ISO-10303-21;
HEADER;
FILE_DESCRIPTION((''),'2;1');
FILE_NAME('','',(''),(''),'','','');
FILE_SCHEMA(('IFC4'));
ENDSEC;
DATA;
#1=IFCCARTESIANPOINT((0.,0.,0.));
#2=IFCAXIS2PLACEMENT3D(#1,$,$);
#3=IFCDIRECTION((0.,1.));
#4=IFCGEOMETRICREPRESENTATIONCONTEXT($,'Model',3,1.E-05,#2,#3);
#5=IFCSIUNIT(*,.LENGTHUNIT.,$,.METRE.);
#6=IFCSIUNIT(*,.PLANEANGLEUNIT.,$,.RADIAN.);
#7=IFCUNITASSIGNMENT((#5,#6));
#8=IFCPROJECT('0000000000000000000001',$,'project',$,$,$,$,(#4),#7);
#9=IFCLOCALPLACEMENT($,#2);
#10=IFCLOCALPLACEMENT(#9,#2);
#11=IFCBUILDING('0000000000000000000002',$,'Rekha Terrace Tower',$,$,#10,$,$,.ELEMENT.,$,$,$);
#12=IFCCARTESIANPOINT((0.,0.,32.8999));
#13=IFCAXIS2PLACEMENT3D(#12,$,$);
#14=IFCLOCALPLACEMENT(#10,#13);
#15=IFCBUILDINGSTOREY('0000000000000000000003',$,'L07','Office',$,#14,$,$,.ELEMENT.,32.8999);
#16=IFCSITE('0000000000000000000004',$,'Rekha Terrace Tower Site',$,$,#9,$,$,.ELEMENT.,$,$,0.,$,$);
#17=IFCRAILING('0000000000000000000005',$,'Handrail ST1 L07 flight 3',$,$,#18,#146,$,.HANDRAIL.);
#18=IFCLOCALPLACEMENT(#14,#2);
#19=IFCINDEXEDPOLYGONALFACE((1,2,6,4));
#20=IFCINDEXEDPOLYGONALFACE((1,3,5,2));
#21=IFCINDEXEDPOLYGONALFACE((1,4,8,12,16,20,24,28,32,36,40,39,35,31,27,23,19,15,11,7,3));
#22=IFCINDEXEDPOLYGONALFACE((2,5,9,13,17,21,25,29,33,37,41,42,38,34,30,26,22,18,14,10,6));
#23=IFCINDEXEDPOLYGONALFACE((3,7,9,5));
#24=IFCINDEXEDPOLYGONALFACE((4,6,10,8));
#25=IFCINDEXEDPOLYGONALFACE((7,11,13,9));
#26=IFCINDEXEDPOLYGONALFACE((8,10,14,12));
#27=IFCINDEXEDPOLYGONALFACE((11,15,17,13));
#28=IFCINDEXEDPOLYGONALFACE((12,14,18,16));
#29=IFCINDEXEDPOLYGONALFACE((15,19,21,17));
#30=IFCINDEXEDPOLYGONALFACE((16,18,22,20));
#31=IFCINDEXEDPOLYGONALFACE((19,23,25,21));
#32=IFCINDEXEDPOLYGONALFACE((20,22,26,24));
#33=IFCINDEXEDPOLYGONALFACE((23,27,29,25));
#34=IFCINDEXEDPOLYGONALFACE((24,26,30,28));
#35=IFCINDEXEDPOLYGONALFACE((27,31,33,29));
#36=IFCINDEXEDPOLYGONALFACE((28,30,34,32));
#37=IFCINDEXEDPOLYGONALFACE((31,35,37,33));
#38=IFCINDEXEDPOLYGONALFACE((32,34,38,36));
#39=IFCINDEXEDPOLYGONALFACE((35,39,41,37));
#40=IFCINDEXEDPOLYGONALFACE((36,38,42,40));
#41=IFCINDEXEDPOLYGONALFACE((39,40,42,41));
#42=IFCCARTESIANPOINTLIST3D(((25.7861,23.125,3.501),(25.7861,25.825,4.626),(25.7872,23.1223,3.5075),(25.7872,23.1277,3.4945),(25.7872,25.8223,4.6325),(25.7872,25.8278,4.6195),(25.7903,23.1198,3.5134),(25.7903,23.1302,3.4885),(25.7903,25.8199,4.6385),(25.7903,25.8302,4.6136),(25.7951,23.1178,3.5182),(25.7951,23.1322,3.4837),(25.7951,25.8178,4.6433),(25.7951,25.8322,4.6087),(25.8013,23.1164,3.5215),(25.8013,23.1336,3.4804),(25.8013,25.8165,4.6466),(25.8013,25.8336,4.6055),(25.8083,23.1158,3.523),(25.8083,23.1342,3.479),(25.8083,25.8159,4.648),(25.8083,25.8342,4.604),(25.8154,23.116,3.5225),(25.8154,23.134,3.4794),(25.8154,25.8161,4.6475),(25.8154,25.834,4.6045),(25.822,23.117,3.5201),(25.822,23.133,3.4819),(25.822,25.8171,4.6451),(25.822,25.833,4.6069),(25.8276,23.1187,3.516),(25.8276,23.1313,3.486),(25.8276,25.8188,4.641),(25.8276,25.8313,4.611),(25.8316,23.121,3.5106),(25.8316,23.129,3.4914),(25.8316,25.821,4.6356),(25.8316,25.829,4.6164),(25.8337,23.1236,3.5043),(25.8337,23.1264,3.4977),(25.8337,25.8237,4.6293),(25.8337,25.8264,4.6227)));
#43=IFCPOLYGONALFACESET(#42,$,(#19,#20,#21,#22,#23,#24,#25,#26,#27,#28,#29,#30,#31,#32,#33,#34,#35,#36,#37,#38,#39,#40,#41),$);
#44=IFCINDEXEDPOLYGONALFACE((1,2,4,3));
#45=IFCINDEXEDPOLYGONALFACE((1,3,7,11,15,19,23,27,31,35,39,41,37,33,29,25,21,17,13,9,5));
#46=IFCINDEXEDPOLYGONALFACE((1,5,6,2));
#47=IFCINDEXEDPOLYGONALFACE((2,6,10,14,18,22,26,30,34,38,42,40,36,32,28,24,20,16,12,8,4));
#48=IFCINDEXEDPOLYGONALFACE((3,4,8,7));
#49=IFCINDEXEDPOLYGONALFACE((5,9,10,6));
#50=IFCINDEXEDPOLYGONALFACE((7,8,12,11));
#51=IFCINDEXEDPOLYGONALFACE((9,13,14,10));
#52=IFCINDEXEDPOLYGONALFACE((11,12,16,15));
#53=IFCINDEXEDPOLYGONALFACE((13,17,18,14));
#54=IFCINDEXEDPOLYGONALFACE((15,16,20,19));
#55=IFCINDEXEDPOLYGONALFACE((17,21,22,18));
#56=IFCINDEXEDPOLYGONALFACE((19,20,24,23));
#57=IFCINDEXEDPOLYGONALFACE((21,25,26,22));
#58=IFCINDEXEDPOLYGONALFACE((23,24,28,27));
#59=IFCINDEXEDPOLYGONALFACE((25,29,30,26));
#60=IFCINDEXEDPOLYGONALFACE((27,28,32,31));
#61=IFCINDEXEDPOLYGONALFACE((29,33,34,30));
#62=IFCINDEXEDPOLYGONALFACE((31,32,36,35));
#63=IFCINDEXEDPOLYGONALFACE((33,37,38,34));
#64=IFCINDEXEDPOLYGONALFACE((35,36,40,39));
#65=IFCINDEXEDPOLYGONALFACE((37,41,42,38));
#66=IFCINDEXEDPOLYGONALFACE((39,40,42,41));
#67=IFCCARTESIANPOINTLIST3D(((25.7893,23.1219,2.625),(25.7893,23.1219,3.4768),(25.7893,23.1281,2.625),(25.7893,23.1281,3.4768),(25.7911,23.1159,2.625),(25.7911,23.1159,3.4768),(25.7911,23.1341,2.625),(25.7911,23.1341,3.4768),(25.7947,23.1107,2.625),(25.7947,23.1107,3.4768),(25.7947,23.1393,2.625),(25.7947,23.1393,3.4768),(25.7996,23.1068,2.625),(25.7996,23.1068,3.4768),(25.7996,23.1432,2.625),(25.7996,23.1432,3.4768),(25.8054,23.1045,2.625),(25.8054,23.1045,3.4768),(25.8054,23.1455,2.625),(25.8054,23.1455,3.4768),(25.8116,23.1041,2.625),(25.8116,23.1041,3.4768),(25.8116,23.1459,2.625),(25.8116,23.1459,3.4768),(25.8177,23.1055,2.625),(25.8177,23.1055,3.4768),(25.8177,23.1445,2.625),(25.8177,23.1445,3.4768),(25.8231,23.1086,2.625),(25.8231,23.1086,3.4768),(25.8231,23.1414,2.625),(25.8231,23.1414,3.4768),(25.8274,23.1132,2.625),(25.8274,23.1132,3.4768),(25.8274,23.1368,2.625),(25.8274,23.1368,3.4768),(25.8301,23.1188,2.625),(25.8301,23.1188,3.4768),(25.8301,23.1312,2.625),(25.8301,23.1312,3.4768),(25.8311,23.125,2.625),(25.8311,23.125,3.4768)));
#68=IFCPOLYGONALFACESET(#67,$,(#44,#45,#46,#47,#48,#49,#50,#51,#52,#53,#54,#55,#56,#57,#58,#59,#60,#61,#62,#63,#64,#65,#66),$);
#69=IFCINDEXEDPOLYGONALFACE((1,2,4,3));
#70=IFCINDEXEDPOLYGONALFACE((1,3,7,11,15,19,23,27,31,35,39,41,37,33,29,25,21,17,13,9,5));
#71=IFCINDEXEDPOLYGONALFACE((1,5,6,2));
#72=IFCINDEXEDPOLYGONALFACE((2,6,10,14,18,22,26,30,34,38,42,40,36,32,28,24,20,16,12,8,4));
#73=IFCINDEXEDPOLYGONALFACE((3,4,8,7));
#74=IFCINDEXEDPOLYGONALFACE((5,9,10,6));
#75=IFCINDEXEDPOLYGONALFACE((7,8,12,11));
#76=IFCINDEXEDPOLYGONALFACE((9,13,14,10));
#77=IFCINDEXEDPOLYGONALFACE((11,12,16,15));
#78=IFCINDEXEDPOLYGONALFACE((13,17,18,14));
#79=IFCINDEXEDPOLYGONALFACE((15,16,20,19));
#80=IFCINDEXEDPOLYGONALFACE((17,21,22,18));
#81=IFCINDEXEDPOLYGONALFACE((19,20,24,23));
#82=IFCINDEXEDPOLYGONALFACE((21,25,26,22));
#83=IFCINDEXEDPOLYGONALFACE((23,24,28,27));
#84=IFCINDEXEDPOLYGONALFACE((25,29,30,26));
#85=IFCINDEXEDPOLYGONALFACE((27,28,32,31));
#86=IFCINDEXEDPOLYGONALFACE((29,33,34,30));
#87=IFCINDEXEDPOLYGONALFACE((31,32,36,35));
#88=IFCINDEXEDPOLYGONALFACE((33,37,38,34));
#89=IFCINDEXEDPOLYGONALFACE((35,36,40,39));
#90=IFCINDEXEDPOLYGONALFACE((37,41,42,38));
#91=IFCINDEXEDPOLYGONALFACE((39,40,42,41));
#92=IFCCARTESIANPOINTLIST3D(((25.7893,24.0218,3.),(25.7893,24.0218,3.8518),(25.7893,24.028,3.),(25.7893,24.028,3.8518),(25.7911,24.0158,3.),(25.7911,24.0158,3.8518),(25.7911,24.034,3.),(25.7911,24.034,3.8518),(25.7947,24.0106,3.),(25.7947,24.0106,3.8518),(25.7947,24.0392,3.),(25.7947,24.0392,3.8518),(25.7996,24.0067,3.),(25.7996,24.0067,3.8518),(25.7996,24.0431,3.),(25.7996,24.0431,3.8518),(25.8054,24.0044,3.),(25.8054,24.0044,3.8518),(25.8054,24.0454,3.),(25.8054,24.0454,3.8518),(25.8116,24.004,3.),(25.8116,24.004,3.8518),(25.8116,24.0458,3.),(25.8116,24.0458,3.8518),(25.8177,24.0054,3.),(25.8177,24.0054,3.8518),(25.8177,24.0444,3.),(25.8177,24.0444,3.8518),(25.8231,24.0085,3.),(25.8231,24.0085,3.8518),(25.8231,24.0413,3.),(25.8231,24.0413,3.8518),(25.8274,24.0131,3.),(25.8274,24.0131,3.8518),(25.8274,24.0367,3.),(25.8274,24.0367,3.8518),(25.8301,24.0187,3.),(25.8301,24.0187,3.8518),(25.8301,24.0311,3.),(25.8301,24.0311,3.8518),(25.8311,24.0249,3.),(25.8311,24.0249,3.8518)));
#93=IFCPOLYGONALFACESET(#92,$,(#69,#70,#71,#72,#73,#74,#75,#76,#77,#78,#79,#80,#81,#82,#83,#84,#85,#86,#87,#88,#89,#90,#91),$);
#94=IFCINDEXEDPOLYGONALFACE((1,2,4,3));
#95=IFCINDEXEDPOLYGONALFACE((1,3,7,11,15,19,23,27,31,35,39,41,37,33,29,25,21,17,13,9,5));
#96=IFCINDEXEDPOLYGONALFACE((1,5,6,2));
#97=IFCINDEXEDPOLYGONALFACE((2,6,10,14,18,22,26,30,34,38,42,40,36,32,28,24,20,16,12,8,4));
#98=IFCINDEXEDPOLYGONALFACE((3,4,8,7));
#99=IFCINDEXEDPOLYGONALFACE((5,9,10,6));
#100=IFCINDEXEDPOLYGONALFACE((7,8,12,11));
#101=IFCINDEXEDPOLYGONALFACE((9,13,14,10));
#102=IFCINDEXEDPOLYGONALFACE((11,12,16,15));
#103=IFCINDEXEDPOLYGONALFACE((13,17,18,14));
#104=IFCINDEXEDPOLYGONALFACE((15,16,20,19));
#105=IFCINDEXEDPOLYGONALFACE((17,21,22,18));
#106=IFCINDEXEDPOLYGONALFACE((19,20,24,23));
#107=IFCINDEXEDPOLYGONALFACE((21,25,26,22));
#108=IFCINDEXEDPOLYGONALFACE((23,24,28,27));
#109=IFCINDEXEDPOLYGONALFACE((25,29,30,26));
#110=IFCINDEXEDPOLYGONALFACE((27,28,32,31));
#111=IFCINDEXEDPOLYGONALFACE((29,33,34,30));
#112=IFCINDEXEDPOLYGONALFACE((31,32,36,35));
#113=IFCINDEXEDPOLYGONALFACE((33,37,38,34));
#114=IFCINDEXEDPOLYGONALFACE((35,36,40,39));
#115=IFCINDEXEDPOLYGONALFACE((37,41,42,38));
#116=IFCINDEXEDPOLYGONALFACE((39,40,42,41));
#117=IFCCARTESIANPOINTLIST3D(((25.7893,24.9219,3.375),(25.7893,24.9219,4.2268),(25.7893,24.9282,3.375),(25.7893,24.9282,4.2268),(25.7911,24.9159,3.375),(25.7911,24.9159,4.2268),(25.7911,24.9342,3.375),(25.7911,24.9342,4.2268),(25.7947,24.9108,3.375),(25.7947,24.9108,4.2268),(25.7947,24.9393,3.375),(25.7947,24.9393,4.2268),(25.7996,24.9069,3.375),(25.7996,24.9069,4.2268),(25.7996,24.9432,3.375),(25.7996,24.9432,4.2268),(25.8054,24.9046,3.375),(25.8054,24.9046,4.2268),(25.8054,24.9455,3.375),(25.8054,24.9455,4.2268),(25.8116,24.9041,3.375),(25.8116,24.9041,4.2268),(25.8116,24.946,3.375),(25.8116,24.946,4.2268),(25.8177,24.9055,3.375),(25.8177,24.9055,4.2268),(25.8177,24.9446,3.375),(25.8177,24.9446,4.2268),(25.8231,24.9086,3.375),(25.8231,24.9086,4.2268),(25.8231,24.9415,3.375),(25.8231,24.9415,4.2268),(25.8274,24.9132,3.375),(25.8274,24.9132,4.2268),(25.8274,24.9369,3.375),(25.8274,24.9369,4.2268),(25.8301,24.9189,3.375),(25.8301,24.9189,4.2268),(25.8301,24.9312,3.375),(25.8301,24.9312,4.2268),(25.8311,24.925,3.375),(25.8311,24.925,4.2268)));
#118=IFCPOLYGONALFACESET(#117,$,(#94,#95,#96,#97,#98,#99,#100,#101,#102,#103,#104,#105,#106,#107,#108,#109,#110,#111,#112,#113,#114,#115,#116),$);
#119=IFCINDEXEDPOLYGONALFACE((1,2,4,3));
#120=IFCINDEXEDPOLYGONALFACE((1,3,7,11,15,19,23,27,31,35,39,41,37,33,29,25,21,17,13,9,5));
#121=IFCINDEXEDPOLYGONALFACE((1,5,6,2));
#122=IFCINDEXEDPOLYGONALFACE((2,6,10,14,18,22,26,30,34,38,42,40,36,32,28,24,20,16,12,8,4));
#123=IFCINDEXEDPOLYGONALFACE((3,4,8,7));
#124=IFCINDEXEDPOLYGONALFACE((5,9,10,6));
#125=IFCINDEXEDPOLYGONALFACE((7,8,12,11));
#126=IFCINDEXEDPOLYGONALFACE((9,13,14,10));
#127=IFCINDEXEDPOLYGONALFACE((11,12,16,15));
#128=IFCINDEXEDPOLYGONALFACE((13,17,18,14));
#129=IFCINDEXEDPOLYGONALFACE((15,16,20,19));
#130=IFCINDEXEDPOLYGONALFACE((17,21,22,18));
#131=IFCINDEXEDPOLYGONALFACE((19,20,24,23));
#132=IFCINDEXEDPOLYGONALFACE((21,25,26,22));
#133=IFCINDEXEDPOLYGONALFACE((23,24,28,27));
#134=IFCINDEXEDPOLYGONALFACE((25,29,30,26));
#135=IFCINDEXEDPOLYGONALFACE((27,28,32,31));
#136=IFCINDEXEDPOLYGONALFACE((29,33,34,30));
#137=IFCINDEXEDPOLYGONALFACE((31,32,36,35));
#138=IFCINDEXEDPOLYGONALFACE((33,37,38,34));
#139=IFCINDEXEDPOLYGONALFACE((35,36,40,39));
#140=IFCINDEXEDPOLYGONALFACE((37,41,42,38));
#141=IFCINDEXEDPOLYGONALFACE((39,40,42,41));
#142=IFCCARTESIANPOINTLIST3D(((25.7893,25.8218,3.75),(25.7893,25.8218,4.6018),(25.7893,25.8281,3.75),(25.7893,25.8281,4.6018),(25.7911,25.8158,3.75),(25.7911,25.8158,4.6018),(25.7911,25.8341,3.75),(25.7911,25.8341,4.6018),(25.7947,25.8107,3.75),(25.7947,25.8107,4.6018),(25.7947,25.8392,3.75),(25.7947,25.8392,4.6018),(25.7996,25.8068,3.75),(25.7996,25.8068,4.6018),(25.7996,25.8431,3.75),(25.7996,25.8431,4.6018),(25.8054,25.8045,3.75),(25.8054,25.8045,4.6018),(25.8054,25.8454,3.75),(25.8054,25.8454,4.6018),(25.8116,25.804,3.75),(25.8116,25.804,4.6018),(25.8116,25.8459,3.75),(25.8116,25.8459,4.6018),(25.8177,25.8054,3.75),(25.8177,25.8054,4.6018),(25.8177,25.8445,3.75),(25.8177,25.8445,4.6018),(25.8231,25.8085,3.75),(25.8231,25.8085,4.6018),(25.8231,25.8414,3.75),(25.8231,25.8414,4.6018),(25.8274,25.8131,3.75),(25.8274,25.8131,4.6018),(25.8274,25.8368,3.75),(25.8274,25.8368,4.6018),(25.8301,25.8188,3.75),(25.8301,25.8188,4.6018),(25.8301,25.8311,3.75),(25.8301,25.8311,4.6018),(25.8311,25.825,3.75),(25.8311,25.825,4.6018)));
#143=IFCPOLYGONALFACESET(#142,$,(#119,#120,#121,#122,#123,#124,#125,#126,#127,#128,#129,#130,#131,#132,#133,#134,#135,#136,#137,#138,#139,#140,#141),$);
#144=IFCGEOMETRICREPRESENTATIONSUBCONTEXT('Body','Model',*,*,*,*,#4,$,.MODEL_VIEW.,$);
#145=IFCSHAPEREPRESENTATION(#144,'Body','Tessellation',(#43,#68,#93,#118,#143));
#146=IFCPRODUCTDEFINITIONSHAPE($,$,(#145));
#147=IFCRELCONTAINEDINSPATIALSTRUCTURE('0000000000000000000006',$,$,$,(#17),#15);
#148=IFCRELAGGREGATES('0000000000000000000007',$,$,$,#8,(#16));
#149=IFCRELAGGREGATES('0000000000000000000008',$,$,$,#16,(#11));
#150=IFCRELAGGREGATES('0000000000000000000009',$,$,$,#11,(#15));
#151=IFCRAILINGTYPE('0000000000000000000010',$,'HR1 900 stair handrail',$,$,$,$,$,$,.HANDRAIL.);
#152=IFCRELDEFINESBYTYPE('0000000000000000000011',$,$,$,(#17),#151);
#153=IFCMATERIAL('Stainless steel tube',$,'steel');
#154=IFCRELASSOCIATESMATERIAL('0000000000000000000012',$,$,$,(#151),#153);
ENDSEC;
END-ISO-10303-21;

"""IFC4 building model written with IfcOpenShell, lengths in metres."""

from ifc_helpers import new_model, si_unit, direction, frame, origin, origin_2d, place, context, subcontext, project, spatial, circle, extrude, material, type_object, element, save


model = new_model("IFC4")

# Units and contexts
model_context = context("Model", 3, precision=1e-05, world=origin(), true_north=direction((0.0, 1.0)))
body_context = subcontext(model_context, "Body", "Model", "MODEL_VIEW")
ifc_project = project(units=[si_unit("LENGTHUNIT", "METRE"), si_unit("PLANEANGLEUNIT", "RADIAN")], contexts=[model_context])

# Site, building, storey
site_placement = place(None, origin())
site = spatial("IfcSite", under=ifc_project, at=site_placement, Name="Rekha Terrace Tower Site", CompositionType="ELEMENT", RefElevation=0.0)
building_placement = place(site_placement, origin())
building = spatial("IfcBuilding", under=site, at=building_placement, Name="Rekha Terrace Tower", CompositionType="ELEMENT")
storey_placement = place(building_placement, frame((0.0, 0.0, 32.8999)))
storey = spatial("IfcBuildingStorey", under=building, at=storey_placement, Name="L07", Description="Office", CompositionType="ELEMENT", Elevation=32.8999)

# Railing
ifc_material_1 = material(Name="Stainless steel tube", Category="steel")
railing_type_1 = type_object("IfcRailingType", Name="HR1 900 stair handrail", PredefinedType="HANDRAIL", material=ifc_material_1)
railing_1_placement = place(storey_placement, frame((25.8101, 23.125, 2.625)))
element("IfcRailing", 1, at=railing_1_placement, inside=storey, type_object=railing_type_1, Name="Handrail ST1 L07 flight 3", PredefinedType="HANDRAIL", context=body_context, shape_type="SweptSolid", body=[
    extrude(circle(Radius=0.0239, at=origin_2d()), frame((0.0, 0.0, 0.876), z_axis=(0.0, 0.923074, 0.384621), x_axis=(-1.0, 0.0, 0.0)), (0.0, 0.0, 1.0), 2.925),
    extrude(circle(Radius=0.021, at=origin_2d()), origin(), (0.0, 0.0, 1.0), 0.8518),
    extrude(circle(Radius=0.021, at=origin_2d()), frame((0.0, 0.8999, 0.375)), (0.0, 0.0, 1.0), 0.8518),
    extrude(circle(Radius=0.021, at=origin_2d()), frame((0.0, 1.8, 0.75)), (0.0, 0.0, 1.0), 0.8518),
    extrude(circle(Radius=0.021, at=origin_2d()), frame((0.0, 2.7, 1.125)), (0.0, 0.0, 1.0), 0.8518),
])

save(model, "model.ifc")
